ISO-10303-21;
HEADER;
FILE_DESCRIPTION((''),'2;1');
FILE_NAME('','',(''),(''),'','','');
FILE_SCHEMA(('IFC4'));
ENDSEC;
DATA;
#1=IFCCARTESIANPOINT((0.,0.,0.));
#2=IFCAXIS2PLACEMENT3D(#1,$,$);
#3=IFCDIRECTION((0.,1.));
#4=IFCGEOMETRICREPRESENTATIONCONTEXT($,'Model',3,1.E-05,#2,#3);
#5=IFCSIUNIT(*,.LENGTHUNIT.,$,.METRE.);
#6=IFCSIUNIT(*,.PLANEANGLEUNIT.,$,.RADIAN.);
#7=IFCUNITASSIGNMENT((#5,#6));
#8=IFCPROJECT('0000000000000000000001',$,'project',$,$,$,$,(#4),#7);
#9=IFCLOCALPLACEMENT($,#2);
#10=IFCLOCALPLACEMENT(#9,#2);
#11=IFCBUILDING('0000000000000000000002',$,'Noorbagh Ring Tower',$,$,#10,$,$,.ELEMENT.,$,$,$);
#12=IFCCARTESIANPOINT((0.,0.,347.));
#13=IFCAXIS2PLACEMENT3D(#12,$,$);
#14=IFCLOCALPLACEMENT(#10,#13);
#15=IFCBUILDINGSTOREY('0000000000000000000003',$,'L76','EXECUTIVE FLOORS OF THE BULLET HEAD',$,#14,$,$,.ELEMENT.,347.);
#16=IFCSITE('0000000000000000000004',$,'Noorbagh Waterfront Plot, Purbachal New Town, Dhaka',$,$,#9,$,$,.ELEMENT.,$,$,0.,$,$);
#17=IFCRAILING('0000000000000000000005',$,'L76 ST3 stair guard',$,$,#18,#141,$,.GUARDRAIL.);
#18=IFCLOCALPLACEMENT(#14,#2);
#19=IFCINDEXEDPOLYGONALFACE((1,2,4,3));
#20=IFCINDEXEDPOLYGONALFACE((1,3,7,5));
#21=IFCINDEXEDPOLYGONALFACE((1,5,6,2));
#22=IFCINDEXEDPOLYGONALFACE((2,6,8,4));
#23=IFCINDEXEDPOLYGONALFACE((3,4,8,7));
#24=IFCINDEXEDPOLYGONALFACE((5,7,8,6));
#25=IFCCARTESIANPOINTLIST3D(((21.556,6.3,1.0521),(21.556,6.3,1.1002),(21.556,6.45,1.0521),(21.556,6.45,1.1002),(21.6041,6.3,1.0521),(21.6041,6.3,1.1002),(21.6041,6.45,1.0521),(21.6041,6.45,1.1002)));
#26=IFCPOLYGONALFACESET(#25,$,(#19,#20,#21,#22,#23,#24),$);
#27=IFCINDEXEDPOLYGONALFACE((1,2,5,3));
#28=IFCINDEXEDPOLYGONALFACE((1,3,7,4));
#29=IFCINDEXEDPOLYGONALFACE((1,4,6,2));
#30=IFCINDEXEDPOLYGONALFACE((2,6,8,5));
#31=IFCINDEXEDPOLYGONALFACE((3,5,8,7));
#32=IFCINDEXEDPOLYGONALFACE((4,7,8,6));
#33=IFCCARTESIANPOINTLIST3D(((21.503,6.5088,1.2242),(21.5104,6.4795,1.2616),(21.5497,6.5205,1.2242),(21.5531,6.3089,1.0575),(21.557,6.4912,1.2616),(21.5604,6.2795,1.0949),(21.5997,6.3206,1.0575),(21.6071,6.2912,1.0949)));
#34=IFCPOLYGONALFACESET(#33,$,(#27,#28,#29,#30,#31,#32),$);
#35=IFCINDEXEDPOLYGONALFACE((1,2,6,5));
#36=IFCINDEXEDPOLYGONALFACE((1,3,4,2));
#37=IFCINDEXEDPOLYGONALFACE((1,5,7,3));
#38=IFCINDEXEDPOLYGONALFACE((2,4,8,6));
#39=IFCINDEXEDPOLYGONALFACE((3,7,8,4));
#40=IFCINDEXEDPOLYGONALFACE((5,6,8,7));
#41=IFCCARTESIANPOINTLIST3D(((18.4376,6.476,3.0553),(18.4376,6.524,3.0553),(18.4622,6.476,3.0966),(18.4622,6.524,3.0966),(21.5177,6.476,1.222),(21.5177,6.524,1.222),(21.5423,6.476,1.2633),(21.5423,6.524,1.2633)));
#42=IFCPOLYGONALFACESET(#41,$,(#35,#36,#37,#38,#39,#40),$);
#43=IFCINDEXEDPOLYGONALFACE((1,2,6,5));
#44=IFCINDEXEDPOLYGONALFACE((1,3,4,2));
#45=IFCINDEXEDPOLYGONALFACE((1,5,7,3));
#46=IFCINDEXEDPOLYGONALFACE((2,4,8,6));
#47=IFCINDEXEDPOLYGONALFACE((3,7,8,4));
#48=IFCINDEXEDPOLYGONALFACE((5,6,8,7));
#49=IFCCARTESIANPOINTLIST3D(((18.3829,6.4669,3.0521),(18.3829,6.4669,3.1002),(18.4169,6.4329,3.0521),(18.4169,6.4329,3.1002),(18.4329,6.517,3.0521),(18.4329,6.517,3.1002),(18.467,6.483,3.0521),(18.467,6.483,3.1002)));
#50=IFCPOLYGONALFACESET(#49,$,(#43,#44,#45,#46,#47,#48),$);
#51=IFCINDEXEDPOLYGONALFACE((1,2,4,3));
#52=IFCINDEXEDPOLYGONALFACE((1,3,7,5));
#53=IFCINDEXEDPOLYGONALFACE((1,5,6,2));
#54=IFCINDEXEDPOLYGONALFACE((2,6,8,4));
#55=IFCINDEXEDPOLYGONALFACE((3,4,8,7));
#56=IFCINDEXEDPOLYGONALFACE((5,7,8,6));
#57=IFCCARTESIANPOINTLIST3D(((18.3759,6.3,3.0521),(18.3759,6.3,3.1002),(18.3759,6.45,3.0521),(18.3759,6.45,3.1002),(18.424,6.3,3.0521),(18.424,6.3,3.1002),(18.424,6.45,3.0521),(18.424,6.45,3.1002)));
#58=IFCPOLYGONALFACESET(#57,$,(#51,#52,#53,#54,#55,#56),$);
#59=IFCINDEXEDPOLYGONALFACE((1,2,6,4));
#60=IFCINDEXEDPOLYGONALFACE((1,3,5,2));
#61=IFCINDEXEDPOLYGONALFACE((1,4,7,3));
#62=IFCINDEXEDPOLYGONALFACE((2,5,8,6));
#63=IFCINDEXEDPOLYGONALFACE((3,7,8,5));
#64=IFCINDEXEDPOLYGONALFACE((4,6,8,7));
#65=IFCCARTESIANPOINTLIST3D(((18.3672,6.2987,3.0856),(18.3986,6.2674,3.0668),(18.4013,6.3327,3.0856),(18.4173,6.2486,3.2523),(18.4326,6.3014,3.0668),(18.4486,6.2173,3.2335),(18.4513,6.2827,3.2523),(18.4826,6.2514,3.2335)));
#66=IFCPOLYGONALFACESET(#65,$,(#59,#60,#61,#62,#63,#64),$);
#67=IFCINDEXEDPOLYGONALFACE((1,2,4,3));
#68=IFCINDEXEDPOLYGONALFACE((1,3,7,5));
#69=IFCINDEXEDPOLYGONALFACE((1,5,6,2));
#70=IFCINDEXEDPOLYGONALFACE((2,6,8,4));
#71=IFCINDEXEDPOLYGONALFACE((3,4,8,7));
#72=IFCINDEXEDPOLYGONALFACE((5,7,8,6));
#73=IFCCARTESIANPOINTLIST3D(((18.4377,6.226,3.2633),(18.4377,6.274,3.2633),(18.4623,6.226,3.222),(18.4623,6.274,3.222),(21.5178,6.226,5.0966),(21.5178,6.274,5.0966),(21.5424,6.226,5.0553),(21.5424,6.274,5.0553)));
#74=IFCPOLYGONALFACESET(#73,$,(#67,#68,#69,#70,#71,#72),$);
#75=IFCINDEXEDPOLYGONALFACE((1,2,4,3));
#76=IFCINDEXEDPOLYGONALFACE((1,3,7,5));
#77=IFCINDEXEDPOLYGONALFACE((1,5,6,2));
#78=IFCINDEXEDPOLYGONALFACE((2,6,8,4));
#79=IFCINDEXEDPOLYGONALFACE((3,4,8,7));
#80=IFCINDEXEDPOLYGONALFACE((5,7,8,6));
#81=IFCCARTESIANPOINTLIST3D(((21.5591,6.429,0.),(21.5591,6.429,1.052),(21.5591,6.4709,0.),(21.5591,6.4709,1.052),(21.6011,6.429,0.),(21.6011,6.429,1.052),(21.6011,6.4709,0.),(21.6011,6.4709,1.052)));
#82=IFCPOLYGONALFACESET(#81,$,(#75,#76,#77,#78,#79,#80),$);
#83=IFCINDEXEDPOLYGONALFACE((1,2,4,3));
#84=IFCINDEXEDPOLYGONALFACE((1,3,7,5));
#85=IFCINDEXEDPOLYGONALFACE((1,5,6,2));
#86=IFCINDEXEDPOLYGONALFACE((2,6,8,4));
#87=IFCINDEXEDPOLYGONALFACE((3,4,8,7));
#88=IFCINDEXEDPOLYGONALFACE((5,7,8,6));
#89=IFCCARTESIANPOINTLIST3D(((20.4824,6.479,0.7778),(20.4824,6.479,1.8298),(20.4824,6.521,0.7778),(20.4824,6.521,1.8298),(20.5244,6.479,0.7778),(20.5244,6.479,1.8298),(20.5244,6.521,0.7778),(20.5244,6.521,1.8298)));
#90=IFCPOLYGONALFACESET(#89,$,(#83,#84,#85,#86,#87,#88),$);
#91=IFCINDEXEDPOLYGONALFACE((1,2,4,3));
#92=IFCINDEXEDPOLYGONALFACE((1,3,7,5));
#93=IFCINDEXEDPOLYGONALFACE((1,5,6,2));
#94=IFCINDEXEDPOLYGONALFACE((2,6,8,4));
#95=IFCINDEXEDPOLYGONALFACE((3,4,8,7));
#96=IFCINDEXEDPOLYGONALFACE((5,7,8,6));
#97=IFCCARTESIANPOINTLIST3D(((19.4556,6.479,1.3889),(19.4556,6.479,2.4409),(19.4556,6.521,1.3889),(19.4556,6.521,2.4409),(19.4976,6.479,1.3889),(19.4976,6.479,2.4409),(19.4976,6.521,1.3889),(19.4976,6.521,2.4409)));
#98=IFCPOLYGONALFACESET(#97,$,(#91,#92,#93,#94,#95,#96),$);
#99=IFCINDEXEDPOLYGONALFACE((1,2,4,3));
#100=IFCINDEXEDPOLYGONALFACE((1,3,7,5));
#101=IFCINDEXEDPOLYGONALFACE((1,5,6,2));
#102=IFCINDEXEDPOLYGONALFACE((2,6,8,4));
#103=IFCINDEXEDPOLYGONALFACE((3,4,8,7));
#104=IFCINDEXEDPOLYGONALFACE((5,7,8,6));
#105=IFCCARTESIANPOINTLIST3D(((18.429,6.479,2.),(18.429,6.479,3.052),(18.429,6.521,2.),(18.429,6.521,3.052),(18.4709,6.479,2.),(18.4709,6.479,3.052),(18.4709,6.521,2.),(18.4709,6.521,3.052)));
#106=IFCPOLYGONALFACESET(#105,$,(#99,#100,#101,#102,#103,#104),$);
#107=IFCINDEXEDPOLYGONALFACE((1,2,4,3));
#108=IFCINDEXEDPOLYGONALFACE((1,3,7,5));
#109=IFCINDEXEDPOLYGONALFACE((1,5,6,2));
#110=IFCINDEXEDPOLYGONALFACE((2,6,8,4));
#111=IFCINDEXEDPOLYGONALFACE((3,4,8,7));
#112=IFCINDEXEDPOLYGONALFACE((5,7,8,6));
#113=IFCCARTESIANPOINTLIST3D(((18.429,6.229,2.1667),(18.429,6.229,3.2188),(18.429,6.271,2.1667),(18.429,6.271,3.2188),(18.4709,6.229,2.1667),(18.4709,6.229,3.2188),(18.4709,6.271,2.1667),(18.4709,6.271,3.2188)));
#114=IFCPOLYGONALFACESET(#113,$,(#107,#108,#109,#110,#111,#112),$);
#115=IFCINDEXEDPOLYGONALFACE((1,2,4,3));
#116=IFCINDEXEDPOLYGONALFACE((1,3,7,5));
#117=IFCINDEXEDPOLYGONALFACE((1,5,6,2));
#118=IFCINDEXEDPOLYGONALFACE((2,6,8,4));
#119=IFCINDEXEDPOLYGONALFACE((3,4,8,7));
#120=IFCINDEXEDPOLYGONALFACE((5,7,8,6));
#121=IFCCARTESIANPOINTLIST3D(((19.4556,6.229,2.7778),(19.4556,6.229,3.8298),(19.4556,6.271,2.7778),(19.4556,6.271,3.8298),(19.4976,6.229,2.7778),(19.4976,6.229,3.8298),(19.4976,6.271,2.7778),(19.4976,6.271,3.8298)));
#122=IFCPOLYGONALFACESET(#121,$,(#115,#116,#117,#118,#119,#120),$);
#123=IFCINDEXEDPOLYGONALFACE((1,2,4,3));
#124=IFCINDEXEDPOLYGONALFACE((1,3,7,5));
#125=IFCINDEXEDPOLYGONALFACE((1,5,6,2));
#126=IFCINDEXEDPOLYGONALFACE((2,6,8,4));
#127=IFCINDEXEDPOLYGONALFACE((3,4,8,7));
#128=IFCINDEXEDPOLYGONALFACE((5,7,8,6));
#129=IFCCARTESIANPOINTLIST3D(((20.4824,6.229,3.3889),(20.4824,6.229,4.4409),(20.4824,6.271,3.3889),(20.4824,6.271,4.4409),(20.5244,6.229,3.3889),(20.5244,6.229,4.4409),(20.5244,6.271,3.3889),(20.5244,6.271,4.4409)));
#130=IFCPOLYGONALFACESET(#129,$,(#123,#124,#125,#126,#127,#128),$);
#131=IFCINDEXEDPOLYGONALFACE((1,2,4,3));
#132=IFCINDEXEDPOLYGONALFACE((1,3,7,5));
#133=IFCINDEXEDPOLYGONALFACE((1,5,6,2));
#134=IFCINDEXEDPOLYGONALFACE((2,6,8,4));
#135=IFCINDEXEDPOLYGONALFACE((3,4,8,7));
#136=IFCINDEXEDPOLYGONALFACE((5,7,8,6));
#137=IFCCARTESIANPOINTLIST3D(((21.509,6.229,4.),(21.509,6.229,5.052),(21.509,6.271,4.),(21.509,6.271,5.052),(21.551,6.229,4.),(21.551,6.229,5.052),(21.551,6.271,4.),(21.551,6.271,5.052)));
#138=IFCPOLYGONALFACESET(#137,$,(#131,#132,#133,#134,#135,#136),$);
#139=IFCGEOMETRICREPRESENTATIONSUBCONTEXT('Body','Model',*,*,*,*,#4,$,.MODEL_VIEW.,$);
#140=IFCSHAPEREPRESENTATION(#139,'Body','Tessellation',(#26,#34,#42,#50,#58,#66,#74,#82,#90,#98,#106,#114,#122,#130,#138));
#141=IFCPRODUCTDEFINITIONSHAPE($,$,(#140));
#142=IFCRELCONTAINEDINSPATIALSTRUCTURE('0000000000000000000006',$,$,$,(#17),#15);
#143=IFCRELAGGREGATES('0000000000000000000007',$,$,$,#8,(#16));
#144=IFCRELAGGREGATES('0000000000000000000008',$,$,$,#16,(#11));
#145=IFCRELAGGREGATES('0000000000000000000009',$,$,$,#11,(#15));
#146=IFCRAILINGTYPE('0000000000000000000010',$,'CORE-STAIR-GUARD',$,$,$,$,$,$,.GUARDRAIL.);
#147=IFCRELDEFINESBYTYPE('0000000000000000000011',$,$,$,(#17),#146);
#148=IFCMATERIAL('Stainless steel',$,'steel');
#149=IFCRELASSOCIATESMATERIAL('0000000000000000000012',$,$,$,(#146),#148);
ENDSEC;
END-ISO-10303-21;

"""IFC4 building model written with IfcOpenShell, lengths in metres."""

from ifc_helpers import new_model, si_unit, direction, frame, origin, origin_2d, place, context, subcontext, project, spatial, rectangle, extrude, material, type_object, element, save


model = new_model("IFC4")

# Units and contexts
model_context = context("Model", 3, precision=1e-05, world=origin(), true_north=direction((0.0, 1.0)))
body_context = subcontext(model_context, "Body", "Model", "MODEL_VIEW")
ifc_project = project(units=[si_unit("LENGTHUNIT", "METRE"), si_unit("PLANEANGLEUNIT", "RADIAN")], contexts=[model_context])

# Site, building, storey
site_placement = place(None, origin())
site = spatial("IfcSite", under=ifc_project, at=site_placement, Name="Noorbagh Waterfront Plot, Purbachal New Town, Dhaka", CompositionType="ELEMENT", RefElevation=0.0)
building_placement = place(site_placement, origin())
building = spatial("IfcBuilding", under=site, at=building_placement, Name="Noorbagh Ring Tower", CompositionType="ELEMENT")
storey_placement = place(building_placement, frame((0.0, 0.0, 347.0)))
storey = spatial("IfcBuildingStorey", under=building, at=storey_placement, Name="L76", Description="EXECUTIVE FLOORS OF THE BULLET HEAD", CompositionType="ELEMENT", Elevation=347.0)

# Railing
ifc_material_1 = material(Name="Stainless steel", Category="steel")
railing_type_1 = type_object("IfcRailingType", Name="CORE-STAIR-GUARD", PredefinedType="GUARDRAIL", material=ifc_material_1)
railing_1_placement = place(storey_placement, frame((21.5801, 6.45, 0.0)))
element("IfcRailing", 1, at=railing_1_placement, inside=storey, type_object=railing_type_1, Name="L76 ST3 stair guard", PredefinedType="GUARDRAIL", context=body_context, shape_type="SweptSolid", body=[
    extrude(rectangle(XDim=0.0481, YDim=0.0481, at=origin_2d()), frame((0.0, 0.0, 1.0762), z_axis=(0.0, -1.0, 0.0), x_axis=(1.0, 0.0, 0.0)), (0.0, 0.0, 1.0), 0.1499),
    extrude(rectangle(XDim=0.0481, YDim=0.0481, at=origin_2d()), frame((0.0, -0.1499, 1.0762), z_axis=(-0.188776, 0.754182, 0.628946), x_axis=(-0.970073, -0.242814, 0.0)), (0.0, 0.0, 1.0), 0.2651),
    extrude(rectangle(XDim=0.0481, YDim=0.0481, at=origin_2d()), frame((-0.05, 0.05, 1.2427), z_axis=(-0.859309, 0.0, 0.511458), x_axis=(0.0, -1.0, 0.0)), (0.0, 0.0, 1.0), 3.5845),
    extrude(rectangle(XDim=0.0481, YDim=0.0481, at=origin_2d()), frame((-3.1301, 0.05, 3.0762), z_axis=(-0.707107, -0.707107, 0.0), x_axis=(0.707107, -0.707107, 0.0)), (0.0, 0.0, 1.0), 0.0708),
    extrude(rectangle(XDim=0.0481, YDim=0.0481, at=origin_2d()), frame((-3.1802, 0.0, 3.0762), z_axis=(0.0, -1.0, 0.0), x_axis=(1.0, 0.0, 0.0)), (0.0, 0.0, 1.0), 0.1499),
    extrude(rectangle(XDim=0.0481, YDim=0.0481, at=origin_2d()), frame((-3.1802, -0.1499, 3.0762), z_axis=(0.276287, -0.276287, 0.920506), x_axis=(0.707107, 0.707107, 0.0)), (0.0, 0.0, 1.0), 0.1812),
    extrude(rectangle(XDim=0.0481, YDim=0.0481, at=origin_2d()), frame((-3.1301, -0.2, 3.2427), z_axis=(0.859309, 0.0, 0.511458), x_axis=(0.0, 1.0, 0.0)), (0.0, 0.0, 1.0), 3.5845),
    extrude(rectangle(XDim=0.042, YDim=0.042, at=origin_2d()), origin(), (0.0, 0.0, 1.0), 1.052),
    extrude(rectangle(XDim=0.042, YDim=0.042, at=origin_2d()), frame((-1.0767, 0.05, 0.7778)), (0.0, 0.0, 1.0), 1.052),
    extrude(rectangle(XDim=0.042, YDim=0.042, at=origin_2d()), frame((-2.1035, 0.05, 1.3889)), (0.0, 0.0, 1.0), 1.052),
    extrude(rectangle(XDim=0.042, YDim=0.042, at=origin_2d()), frame((-3.1301, 0.05, 2.0)), (0.0, 0.0, 1.0), 1.052),
    extrude(rectangle(XDim=0.042, YDim=0.042, at=origin_2d()), frame((-3.1301, -0.2, 2.1667)), (0.0, 0.0, 1.0), 1.052),
    extrude(rectangle(XDim=0.042, YDim=0.042, at=origin_2d()), frame((-2.1035, -0.2, 2.7778)), (0.0, 0.0, 1.0), 1.052),
    extrude(rectangle(XDim=0.042, YDim=0.042, at=origin_2d()), frame((-1.0767, -0.2, 3.3889)), (0.0, 0.0, 1.0), 1.052),
    extrude(rectangle(XDim=0.042, YDim=0.042, at=origin_2d()), frame((-0.05, -0.2, 4.0)), (0.0, 0.0, 1.0), 1.052),
])

save(model, "model.ifc")
